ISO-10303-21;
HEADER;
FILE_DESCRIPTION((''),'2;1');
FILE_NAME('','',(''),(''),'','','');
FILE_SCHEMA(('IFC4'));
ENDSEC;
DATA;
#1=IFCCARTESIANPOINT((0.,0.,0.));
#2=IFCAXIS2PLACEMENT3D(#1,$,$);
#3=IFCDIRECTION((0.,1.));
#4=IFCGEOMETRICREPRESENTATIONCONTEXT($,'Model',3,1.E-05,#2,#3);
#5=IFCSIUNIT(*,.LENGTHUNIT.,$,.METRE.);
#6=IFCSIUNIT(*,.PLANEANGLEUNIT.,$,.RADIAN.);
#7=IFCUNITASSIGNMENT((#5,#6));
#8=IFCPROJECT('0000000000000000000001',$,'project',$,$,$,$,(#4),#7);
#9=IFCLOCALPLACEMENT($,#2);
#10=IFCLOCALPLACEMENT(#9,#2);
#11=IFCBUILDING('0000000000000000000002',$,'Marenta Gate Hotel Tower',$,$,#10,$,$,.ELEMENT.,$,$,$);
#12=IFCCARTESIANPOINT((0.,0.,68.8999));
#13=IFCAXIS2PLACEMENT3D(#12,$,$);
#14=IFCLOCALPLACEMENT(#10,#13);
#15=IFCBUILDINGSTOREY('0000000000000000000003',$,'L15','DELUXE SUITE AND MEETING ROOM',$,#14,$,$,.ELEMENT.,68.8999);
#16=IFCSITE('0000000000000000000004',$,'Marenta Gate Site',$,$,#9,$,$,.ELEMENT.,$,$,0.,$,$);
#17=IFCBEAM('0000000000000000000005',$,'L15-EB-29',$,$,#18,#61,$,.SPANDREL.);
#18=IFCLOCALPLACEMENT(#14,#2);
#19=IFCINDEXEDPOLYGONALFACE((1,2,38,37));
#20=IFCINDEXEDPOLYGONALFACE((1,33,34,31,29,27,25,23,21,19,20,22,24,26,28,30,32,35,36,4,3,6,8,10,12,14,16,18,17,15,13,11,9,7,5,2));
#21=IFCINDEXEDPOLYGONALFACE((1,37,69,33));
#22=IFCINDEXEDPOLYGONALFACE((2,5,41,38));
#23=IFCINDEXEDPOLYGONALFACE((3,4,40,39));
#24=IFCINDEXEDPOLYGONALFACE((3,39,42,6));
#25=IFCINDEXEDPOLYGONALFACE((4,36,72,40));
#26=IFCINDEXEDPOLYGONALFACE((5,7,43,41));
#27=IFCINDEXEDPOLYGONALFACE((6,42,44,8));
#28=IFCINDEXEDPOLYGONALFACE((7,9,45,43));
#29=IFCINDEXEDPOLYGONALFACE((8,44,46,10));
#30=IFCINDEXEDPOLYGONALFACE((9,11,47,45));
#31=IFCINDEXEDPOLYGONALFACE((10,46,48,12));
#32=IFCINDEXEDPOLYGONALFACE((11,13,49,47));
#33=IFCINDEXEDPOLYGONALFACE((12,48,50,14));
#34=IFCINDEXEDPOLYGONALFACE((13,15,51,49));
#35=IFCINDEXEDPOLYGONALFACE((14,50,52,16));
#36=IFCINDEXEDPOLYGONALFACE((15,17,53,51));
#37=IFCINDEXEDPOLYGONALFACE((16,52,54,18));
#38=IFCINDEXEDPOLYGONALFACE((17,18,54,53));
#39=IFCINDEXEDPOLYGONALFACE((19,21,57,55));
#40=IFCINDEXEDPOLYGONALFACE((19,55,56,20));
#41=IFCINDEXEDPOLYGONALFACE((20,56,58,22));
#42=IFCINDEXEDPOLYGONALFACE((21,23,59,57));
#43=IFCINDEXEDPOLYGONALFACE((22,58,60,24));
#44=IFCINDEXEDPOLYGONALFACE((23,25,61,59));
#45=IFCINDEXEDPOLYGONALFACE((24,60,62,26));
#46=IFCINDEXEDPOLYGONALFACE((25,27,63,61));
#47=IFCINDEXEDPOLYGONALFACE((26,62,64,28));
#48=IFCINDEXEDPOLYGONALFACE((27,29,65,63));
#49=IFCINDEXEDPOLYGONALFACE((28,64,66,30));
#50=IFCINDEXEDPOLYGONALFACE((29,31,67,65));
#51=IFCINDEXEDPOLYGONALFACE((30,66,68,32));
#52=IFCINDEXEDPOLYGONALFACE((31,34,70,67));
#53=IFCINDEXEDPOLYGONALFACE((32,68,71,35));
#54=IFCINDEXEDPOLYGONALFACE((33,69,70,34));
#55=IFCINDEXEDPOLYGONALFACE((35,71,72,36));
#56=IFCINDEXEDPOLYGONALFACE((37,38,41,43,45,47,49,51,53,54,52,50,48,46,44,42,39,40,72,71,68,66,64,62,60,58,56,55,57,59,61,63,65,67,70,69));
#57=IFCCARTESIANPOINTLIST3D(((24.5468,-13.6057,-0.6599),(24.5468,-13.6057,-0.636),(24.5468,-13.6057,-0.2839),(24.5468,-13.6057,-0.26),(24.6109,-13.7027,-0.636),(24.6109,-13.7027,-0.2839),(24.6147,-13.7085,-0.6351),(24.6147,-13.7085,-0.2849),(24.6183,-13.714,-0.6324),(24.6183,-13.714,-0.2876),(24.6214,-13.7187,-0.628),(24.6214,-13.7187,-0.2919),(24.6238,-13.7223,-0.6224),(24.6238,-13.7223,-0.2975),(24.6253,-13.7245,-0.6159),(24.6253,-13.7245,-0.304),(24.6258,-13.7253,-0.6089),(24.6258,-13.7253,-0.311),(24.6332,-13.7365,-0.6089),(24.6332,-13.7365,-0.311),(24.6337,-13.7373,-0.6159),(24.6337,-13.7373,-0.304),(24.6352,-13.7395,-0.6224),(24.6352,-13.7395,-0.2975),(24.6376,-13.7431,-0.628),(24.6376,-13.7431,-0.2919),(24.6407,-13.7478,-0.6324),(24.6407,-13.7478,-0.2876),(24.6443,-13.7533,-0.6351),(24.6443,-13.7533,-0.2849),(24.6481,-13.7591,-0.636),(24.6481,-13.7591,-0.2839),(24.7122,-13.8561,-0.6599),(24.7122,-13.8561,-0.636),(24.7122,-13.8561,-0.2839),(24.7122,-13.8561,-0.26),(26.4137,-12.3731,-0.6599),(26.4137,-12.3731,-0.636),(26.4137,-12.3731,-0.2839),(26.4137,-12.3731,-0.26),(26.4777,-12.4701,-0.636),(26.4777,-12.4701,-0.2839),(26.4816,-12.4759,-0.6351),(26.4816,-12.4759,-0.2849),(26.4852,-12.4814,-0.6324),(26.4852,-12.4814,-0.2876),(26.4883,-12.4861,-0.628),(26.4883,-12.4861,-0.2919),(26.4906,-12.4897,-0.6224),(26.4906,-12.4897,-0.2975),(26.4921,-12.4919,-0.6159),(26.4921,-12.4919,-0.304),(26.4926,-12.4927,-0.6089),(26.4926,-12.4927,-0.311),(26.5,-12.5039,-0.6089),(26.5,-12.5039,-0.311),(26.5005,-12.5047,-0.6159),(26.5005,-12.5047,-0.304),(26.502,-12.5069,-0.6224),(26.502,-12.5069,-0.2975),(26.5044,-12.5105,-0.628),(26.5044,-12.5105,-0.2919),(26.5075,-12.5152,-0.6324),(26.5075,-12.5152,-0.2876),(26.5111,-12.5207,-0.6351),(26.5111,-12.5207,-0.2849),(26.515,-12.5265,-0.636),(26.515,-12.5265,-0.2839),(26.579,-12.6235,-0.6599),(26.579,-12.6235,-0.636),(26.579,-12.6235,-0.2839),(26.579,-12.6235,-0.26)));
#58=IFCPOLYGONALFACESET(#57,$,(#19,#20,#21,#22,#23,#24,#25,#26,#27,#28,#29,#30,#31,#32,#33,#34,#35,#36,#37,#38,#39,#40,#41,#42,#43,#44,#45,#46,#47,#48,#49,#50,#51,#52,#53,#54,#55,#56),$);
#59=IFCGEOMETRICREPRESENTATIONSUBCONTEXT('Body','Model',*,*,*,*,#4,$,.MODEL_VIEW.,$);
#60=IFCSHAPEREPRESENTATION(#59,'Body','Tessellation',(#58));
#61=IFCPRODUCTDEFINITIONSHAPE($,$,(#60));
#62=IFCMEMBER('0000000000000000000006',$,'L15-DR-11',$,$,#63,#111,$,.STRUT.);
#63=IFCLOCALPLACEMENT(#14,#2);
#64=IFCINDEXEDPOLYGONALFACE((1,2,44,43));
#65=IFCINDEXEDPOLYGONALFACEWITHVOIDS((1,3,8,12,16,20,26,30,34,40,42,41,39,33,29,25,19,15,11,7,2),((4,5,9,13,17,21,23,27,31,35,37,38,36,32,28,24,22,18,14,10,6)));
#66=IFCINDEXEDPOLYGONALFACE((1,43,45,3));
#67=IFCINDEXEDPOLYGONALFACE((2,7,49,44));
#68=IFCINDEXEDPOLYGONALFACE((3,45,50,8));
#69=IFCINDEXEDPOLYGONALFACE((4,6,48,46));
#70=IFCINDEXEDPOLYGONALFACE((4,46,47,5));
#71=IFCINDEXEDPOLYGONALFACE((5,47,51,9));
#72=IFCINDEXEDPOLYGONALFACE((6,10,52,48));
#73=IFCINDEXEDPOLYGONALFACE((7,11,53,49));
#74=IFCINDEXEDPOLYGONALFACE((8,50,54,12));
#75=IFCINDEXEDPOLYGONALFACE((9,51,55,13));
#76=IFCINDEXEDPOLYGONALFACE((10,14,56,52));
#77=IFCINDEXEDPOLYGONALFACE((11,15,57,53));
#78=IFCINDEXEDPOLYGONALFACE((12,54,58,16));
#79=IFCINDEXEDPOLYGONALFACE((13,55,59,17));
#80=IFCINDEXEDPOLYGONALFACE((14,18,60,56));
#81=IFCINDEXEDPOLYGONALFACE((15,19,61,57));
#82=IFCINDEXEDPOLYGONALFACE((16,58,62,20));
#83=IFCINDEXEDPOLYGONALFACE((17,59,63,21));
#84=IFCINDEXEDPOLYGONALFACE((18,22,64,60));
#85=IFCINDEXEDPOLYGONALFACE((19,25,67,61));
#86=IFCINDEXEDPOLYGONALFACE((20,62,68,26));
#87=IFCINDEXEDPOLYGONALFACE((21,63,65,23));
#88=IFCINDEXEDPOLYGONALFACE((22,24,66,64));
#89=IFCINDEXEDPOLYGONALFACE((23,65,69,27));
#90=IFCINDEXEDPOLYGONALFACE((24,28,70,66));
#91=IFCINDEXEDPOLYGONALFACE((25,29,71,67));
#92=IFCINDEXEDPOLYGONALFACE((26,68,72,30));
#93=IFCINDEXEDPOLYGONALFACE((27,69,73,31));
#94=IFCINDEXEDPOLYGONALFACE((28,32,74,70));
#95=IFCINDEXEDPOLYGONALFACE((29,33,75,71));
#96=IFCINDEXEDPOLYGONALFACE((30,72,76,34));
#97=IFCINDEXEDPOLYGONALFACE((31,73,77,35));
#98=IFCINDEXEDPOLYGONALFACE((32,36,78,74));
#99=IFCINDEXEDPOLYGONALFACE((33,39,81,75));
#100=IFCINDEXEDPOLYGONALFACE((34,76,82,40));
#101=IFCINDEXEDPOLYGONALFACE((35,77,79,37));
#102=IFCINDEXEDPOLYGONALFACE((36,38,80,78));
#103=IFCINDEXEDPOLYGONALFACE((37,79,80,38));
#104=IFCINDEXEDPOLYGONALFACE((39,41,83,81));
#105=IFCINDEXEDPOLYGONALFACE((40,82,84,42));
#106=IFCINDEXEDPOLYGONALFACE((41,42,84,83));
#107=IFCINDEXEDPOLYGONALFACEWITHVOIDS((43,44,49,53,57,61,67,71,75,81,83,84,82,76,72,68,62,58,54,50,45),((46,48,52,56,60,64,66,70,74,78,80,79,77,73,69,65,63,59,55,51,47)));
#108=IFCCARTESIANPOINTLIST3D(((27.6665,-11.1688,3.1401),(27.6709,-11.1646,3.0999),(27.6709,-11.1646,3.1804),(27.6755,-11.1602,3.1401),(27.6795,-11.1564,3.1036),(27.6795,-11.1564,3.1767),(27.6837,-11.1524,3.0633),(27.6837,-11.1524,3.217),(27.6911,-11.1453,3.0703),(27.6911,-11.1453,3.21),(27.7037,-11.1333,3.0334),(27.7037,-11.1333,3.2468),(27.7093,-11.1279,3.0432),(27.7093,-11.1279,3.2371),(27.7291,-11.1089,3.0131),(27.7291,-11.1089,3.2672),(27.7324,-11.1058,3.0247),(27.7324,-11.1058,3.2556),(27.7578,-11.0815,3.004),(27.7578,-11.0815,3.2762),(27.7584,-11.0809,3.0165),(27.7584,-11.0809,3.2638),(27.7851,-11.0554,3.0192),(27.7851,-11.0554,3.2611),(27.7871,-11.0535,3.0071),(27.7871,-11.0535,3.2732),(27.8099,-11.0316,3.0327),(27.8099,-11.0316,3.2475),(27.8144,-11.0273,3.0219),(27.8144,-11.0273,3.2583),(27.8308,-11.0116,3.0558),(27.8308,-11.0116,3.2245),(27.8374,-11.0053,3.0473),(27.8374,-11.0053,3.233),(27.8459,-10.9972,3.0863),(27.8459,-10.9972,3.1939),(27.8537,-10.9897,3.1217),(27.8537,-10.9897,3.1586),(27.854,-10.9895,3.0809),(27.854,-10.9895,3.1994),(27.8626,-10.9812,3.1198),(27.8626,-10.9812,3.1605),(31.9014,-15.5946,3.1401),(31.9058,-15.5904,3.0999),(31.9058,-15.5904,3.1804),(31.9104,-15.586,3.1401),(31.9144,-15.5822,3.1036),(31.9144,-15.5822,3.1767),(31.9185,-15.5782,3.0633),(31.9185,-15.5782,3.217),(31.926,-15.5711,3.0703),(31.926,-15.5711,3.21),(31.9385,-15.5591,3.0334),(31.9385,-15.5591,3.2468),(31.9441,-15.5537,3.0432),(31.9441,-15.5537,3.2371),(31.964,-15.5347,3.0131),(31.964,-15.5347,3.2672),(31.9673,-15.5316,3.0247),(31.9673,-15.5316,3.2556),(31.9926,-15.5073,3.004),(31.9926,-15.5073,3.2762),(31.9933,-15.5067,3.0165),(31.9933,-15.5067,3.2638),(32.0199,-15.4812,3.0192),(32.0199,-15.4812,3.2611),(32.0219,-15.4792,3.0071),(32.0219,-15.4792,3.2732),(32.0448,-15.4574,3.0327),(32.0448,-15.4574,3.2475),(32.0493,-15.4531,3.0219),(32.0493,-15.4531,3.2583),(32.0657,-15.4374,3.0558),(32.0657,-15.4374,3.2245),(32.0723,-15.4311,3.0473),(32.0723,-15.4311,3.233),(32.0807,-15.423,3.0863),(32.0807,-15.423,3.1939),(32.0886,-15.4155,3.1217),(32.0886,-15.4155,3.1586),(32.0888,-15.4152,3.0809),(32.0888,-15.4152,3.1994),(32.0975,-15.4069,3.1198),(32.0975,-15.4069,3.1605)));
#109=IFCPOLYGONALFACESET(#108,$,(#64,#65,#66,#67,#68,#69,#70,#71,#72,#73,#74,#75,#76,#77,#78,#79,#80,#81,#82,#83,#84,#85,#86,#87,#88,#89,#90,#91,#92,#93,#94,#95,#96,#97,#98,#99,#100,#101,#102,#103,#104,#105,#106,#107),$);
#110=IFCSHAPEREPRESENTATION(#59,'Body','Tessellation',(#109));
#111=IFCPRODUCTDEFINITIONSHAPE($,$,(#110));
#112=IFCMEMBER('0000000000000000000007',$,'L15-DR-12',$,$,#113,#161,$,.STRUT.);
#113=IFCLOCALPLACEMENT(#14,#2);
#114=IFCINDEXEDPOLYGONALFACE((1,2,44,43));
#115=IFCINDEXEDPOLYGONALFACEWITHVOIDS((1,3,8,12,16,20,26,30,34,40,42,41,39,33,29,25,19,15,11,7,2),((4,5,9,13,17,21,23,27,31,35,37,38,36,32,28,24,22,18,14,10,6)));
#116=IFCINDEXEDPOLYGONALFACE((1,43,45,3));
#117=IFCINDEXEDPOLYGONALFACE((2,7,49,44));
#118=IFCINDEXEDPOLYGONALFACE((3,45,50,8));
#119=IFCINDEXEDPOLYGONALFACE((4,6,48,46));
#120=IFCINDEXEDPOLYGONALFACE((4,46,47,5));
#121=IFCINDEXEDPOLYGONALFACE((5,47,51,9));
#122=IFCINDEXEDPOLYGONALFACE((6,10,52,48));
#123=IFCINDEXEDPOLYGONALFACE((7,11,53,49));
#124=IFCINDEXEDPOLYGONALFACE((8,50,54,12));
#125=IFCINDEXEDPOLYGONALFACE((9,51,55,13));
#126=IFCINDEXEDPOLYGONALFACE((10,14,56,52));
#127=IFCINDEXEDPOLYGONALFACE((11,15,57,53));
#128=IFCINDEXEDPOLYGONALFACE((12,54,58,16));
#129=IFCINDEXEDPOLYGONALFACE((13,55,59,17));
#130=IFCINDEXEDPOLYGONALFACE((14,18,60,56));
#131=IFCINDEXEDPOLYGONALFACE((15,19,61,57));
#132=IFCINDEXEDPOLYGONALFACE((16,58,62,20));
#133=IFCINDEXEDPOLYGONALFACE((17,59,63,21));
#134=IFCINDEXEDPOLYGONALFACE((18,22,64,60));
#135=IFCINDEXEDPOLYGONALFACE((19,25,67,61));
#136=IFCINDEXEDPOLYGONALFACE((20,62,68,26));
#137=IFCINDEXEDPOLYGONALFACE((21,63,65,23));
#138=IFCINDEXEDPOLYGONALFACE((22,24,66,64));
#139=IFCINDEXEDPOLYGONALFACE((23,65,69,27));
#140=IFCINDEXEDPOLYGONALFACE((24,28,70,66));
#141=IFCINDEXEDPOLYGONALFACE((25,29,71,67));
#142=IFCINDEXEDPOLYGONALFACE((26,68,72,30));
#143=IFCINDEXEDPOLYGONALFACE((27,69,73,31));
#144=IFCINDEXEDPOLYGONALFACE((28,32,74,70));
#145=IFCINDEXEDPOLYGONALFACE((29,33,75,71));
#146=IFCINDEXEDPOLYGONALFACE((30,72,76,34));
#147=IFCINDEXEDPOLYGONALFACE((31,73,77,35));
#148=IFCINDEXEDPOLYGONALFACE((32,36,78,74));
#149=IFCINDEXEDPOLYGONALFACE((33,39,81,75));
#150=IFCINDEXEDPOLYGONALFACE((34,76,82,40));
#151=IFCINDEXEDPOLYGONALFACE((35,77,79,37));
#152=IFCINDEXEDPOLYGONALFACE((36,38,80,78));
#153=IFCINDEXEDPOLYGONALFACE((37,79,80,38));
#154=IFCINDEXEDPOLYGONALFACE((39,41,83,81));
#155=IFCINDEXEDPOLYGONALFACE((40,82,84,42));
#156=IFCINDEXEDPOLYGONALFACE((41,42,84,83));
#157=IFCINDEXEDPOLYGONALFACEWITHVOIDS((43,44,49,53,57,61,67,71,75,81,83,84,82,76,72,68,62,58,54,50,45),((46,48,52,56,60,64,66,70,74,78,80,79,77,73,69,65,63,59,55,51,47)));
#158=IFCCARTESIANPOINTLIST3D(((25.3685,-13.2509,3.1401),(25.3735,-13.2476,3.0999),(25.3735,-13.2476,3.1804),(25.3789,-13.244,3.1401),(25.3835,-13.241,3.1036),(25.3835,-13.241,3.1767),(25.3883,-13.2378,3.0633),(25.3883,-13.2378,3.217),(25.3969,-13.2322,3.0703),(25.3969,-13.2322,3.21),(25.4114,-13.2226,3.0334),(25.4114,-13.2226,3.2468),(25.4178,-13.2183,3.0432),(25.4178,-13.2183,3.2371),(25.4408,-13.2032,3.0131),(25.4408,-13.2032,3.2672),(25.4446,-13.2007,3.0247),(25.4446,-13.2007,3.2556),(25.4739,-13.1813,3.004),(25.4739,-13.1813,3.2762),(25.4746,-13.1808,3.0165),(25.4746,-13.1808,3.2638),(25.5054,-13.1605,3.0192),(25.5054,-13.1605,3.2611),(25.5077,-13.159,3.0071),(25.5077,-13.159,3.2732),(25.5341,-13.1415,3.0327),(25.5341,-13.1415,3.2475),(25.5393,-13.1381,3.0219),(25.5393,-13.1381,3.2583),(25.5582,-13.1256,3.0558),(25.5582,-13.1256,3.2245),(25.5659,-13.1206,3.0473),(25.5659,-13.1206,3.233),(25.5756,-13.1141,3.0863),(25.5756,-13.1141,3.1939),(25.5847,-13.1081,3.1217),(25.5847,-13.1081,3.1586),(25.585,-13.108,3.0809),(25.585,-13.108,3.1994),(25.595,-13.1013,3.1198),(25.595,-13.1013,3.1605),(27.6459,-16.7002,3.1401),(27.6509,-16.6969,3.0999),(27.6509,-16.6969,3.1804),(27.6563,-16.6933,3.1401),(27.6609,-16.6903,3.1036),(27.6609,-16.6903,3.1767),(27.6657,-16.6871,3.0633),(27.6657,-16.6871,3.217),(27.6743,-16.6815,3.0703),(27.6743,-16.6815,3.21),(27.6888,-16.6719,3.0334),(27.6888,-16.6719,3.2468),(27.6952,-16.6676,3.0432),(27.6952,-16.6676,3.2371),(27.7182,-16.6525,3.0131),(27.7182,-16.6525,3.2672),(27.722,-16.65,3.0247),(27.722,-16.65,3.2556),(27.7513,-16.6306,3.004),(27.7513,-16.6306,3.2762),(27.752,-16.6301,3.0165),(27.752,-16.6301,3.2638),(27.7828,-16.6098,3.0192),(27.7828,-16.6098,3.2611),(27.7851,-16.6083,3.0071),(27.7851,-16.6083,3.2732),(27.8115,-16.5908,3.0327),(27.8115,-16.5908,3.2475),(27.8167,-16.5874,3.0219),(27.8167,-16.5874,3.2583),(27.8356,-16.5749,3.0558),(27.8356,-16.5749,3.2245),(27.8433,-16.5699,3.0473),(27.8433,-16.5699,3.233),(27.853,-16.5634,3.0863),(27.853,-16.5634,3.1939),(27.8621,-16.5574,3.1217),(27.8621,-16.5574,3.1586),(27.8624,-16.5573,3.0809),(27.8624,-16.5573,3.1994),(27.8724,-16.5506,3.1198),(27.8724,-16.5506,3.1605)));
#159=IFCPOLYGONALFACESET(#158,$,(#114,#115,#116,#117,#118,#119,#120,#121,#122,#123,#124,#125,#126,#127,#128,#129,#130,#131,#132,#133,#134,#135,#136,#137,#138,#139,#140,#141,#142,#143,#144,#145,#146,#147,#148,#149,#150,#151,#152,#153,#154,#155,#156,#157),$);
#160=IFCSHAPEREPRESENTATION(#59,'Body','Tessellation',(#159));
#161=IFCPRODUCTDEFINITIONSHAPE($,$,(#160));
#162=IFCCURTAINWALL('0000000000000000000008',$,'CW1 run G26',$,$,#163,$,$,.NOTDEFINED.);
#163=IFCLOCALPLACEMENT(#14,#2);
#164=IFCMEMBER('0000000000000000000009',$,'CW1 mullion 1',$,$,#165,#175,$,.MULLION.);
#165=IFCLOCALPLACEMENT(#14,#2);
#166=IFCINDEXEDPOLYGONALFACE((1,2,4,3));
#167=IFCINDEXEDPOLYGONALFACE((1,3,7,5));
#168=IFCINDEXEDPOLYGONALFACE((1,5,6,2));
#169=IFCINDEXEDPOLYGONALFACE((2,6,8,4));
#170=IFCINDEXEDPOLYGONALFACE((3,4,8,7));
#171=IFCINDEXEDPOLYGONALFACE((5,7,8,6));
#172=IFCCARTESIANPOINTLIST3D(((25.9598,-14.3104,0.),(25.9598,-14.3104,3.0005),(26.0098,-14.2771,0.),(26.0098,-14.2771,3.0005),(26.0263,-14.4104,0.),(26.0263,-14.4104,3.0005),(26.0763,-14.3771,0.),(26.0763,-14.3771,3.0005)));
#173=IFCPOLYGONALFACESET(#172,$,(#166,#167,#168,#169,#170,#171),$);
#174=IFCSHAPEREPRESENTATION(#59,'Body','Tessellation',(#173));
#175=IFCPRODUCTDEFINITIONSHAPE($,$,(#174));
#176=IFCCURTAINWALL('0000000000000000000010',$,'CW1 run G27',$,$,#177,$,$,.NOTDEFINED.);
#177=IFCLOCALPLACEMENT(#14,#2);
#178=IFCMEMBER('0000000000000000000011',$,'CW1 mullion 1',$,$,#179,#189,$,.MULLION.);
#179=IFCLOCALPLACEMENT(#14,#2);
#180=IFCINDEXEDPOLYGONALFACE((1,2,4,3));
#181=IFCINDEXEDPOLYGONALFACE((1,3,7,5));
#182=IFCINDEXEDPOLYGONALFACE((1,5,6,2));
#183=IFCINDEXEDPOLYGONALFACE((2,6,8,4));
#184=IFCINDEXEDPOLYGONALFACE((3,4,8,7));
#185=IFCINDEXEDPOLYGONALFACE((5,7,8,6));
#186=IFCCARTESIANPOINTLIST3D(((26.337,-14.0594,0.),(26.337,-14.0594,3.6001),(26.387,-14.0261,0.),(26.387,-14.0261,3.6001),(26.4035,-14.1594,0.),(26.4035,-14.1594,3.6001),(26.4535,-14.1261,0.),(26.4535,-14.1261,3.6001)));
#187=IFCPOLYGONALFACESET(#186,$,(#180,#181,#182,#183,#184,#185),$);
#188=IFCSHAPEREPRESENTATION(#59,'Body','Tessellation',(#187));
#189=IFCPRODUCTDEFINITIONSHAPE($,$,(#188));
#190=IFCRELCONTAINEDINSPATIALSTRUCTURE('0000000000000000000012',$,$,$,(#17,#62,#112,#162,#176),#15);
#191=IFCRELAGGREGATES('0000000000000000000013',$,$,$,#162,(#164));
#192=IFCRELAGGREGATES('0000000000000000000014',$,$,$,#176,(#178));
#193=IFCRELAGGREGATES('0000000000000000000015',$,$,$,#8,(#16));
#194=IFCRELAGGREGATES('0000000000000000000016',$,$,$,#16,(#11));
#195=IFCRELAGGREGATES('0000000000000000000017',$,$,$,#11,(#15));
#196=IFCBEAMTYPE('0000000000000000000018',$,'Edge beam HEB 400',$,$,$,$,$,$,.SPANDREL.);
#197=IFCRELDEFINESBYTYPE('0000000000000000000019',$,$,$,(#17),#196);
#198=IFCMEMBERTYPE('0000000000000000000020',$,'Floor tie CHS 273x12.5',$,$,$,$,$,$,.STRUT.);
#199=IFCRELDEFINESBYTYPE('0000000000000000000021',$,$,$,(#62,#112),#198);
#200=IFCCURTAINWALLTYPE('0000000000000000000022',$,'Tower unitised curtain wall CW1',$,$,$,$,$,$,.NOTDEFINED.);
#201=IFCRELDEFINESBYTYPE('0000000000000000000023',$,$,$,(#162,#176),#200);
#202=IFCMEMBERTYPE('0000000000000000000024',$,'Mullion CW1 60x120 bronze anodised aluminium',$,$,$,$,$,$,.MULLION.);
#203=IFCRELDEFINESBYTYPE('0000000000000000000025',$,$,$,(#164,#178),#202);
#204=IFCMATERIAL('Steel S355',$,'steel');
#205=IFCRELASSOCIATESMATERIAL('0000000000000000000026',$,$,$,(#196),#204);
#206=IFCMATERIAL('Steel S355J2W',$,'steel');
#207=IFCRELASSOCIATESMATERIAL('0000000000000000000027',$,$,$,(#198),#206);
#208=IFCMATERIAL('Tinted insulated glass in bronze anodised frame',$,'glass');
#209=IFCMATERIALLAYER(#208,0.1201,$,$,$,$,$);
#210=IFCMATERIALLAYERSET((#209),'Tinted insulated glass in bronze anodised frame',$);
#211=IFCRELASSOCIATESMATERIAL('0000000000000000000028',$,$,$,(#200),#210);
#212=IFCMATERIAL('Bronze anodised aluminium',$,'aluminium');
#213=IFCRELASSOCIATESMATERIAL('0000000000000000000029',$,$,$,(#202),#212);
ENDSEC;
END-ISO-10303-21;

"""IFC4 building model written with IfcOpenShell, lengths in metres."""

from ifc_helpers import new_model, si_unit, direction, frame, origin, origin_2d, place, context, subcontext, project, spatial, rectangle, hollow_circle, i_section, extrude, material, layer, layer_set, material_profile, profile_set, type_object, element, aggregate, save


model = new_model("IFC4")

# Units and contexts
model_context = context("Model", 3, precision=1e-05, world=origin(), true_north=direction((0.0, 1.0)))
body_context = subcontext(model_context, "Body", "Model", "MODEL_VIEW")
ifc_project = project(units=[si_unit("LENGTHUNIT", "METRE"), si_unit("PLANEANGLEUNIT", "RADIAN")], contexts=[model_context])

# Site, building, storey
site_placement = place(None, origin())
site = spatial("IfcSite", under=ifc_project, at=site_placement, Name="Marenta Gate Site", CompositionType="ELEMENT", RefElevation=0.0)
building_placement = place(site_placement, origin())
building = spatial("IfcBuilding", under=site, at=building_placement, Name="Marenta Gate Hotel Tower", CompositionType="ELEMENT")
storey_placement = place(building_placement, frame((0.0, 0.0, 68.8999)))
storey = spatial("IfcBuildingStorey", under=building, at=storey_placement, Name="L15", Description="DELUXE SUITE AND MEETING ROOM", CompositionType="ELEMENT", Elevation=68.8999)

# Beam
ifc_material_1 = material(Name="Steel S355", Category="steel")
ifc_material_profile_1 = material_profile(ifc_material_1, i_section(OverallWidth=0.3, OverallDepth=0.3999, WebThickness=0.0134, FlangeThickness=0.0239, FilletRadius=0.0271, at=origin_2d()), Name="HEB 400")
ifc_profile_set_1 = profile_set([ifc_material_profile_1], Name="Steel S355")
beam_type = type_object("IfcBeamType", Name="Edge beam HEB 400", PredefinedType="SPANDREL", material=ifc_profile_set_1)
beam_placement = place(storey_placement, frame((26.4963, -12.4983, -0.46), z_axis=(-0.83451, -0.550993, 0.0), x_axis=(0.550993, -0.83451, 0.0)))
element("IfcBeam", 1, at=beam_placement, inside=storey, type_object=beam_type, Name="L15-EB-29", PredefinedType="SPANDREL", context=body_context, shape_type="SweptSolid", body=[
    extrude(i_section(OverallWidth=0.3, OverallDepth=0.3999, WebThickness=0.0134, FlangeThickness=0.0239, FilletRadius=0.0271, at=origin_2d()), origin(), (0.0, 0.0, 1.0), 2.2371),
])

# Members
ifc_material_2 = material(Name="Steel S355J2W", Category="steel")
ifc_material_profile_2 = material_profile(ifc_material_2, hollow_circle(Radius=0.1365, WallThickness=0.0125, at=origin_2d()), Name="CHS 273x12.5")
ifc_profile_set_2 = profile_set([ifc_material_profile_2], Name="Steel S355J2W")
member_type_1 = type_object("IfcMemberType", Name="Floor tie CHS 273x12.5", PredefinedType="STRUT", material=ifc_profile_set_2)
member_1_placement = place(storey_placement, frame((32.0, -15.5002, 3.1401), z_axis=(-0.691351, 0.722519, 0.0), x_axis=(-0.722519, -0.691351, 0.0)))
element("IfcMember", 2, at=member_1_placement, inside=storey, type_object=member_type_1, Name="L15-DR-11", PredefinedType="STRUT", context=body_context, shape_type="SweptSolid", body=[
    extrude(hollow_circle(Radius=0.1365, WallThickness=0.0125, at=origin_2d()), origin(), (0.0, 0.0, 1.0), 6.1255),
])
member_2_placement = place(storey_placement, frame((27.7598, -16.625, 3.1401), z_axis=(-0.550987, 0.834514, 0.0), x_axis=(-0.834514, -0.550987, 0.0)))
element("IfcMember", 3, at=member_2_placement, inside=storey, type_object=member_type_1, Name="L15-DR-12", PredefinedType="STRUT", context=body_context, shape_type="SweptSolid", body=[
    extrude(hollow_circle(Radius=0.1365, WallThickness=0.0125, at=origin_2d()), origin(), (0.0, 0.0, 1.0), 4.1333),
])

# Curtain walls, members
ifc_material_3 = material(Name="Tinted insulated glass in bronze anodised frame", Category="glass")
ifc_layer_1 = layer(ifc_material_3, 0.1201)
ifc_layer_set_1 = layer_set([ifc_layer_1], Name="Tinted insulated glass in bronze anodised frame")
curtain_wall_type = type_object("IfcCurtainWallType", Name="Tower unitised curtain wall CW1", PredefinedType="NOTDEFINED", material=ifc_layer_set_1)
curtain_wall_1_placement = place(storey_placement, origin())
curtain_wall_1 = element("IfcCurtainWall", 4, at=curtain_wall_1_placement, inside=storey, type_object=curtain_wall_type, Name="CW1 run G26", PredefinedType="NOTDEFINED")
ifc_material_4 = material(Name="Bronze anodised aluminium", Category="aluminium")
ifc_material_profile_3 = material_profile(ifc_material_4, rectangle(XDim=0.1201, YDim=0.0601, at=origin_2d()), Name="Mullion CW1 60x120 bronze anodised aluminium")
ifc_profile_set_3 = profile_set([ifc_material_profile_3], Name="Bronze anodised aluminium")
member_type_2 = type_object("IfcMemberType", Name="Mullion CW1 60x120 bronze anodised aluminium", PredefinedType="MULLION", material=ifc_profile_set_3)
member_3_placement = place(storey_placement, frame((26.0181, -14.3438, 0.0), z_axis=(0.0, 0.0, 1.0), x_axis=(-0.553936, 0.832559, 0.0)))
member_3 = element("IfcMember", 5, at=member_3_placement, type_object=member_type_2, Name="CW1 mullion 1", PredefinedType="MULLION", context=body_context, shape_type="SweptSolid", body=[
    extrude(rectangle(XDim=0.1201, YDim=0.0601, at=origin_2d()), origin(), (0.0, 0.0, 1.0), 3.0005),
])
curtain_wall_2_placement = place(storey_placement, origin())
curtain_wall_2 = element("IfcCurtainWall", 6, at=curtain_wall_2_placement, inside=storey, type_object=curtain_wall_type, Name="CW1 run G27", PredefinedType="NOTDEFINED")
member_4_placement = place(storey_placement, frame((26.3953, -14.0928, 0.0), z_axis=(0.0, 0.0, 1.0), x_axis=(-0.554046, 0.832486, 0.0)))
member_4 = element("IfcMember", 7, at=member_4_placement, type_object=member_type_2, Name="CW1 mullion 1", PredefinedType="MULLION", context=body_context, shape_type="SweptSolid", body=[
    extrude(rectangle(XDim=0.1201, YDim=0.0601, at=origin_2d()), origin(), (0.0, 0.0, 1.0), 3.6001),
])

aggregate(curtain_wall_1, [member_3])
aggregate(curtain_wall_2, [member_4])

save(model, "model.ifc")
